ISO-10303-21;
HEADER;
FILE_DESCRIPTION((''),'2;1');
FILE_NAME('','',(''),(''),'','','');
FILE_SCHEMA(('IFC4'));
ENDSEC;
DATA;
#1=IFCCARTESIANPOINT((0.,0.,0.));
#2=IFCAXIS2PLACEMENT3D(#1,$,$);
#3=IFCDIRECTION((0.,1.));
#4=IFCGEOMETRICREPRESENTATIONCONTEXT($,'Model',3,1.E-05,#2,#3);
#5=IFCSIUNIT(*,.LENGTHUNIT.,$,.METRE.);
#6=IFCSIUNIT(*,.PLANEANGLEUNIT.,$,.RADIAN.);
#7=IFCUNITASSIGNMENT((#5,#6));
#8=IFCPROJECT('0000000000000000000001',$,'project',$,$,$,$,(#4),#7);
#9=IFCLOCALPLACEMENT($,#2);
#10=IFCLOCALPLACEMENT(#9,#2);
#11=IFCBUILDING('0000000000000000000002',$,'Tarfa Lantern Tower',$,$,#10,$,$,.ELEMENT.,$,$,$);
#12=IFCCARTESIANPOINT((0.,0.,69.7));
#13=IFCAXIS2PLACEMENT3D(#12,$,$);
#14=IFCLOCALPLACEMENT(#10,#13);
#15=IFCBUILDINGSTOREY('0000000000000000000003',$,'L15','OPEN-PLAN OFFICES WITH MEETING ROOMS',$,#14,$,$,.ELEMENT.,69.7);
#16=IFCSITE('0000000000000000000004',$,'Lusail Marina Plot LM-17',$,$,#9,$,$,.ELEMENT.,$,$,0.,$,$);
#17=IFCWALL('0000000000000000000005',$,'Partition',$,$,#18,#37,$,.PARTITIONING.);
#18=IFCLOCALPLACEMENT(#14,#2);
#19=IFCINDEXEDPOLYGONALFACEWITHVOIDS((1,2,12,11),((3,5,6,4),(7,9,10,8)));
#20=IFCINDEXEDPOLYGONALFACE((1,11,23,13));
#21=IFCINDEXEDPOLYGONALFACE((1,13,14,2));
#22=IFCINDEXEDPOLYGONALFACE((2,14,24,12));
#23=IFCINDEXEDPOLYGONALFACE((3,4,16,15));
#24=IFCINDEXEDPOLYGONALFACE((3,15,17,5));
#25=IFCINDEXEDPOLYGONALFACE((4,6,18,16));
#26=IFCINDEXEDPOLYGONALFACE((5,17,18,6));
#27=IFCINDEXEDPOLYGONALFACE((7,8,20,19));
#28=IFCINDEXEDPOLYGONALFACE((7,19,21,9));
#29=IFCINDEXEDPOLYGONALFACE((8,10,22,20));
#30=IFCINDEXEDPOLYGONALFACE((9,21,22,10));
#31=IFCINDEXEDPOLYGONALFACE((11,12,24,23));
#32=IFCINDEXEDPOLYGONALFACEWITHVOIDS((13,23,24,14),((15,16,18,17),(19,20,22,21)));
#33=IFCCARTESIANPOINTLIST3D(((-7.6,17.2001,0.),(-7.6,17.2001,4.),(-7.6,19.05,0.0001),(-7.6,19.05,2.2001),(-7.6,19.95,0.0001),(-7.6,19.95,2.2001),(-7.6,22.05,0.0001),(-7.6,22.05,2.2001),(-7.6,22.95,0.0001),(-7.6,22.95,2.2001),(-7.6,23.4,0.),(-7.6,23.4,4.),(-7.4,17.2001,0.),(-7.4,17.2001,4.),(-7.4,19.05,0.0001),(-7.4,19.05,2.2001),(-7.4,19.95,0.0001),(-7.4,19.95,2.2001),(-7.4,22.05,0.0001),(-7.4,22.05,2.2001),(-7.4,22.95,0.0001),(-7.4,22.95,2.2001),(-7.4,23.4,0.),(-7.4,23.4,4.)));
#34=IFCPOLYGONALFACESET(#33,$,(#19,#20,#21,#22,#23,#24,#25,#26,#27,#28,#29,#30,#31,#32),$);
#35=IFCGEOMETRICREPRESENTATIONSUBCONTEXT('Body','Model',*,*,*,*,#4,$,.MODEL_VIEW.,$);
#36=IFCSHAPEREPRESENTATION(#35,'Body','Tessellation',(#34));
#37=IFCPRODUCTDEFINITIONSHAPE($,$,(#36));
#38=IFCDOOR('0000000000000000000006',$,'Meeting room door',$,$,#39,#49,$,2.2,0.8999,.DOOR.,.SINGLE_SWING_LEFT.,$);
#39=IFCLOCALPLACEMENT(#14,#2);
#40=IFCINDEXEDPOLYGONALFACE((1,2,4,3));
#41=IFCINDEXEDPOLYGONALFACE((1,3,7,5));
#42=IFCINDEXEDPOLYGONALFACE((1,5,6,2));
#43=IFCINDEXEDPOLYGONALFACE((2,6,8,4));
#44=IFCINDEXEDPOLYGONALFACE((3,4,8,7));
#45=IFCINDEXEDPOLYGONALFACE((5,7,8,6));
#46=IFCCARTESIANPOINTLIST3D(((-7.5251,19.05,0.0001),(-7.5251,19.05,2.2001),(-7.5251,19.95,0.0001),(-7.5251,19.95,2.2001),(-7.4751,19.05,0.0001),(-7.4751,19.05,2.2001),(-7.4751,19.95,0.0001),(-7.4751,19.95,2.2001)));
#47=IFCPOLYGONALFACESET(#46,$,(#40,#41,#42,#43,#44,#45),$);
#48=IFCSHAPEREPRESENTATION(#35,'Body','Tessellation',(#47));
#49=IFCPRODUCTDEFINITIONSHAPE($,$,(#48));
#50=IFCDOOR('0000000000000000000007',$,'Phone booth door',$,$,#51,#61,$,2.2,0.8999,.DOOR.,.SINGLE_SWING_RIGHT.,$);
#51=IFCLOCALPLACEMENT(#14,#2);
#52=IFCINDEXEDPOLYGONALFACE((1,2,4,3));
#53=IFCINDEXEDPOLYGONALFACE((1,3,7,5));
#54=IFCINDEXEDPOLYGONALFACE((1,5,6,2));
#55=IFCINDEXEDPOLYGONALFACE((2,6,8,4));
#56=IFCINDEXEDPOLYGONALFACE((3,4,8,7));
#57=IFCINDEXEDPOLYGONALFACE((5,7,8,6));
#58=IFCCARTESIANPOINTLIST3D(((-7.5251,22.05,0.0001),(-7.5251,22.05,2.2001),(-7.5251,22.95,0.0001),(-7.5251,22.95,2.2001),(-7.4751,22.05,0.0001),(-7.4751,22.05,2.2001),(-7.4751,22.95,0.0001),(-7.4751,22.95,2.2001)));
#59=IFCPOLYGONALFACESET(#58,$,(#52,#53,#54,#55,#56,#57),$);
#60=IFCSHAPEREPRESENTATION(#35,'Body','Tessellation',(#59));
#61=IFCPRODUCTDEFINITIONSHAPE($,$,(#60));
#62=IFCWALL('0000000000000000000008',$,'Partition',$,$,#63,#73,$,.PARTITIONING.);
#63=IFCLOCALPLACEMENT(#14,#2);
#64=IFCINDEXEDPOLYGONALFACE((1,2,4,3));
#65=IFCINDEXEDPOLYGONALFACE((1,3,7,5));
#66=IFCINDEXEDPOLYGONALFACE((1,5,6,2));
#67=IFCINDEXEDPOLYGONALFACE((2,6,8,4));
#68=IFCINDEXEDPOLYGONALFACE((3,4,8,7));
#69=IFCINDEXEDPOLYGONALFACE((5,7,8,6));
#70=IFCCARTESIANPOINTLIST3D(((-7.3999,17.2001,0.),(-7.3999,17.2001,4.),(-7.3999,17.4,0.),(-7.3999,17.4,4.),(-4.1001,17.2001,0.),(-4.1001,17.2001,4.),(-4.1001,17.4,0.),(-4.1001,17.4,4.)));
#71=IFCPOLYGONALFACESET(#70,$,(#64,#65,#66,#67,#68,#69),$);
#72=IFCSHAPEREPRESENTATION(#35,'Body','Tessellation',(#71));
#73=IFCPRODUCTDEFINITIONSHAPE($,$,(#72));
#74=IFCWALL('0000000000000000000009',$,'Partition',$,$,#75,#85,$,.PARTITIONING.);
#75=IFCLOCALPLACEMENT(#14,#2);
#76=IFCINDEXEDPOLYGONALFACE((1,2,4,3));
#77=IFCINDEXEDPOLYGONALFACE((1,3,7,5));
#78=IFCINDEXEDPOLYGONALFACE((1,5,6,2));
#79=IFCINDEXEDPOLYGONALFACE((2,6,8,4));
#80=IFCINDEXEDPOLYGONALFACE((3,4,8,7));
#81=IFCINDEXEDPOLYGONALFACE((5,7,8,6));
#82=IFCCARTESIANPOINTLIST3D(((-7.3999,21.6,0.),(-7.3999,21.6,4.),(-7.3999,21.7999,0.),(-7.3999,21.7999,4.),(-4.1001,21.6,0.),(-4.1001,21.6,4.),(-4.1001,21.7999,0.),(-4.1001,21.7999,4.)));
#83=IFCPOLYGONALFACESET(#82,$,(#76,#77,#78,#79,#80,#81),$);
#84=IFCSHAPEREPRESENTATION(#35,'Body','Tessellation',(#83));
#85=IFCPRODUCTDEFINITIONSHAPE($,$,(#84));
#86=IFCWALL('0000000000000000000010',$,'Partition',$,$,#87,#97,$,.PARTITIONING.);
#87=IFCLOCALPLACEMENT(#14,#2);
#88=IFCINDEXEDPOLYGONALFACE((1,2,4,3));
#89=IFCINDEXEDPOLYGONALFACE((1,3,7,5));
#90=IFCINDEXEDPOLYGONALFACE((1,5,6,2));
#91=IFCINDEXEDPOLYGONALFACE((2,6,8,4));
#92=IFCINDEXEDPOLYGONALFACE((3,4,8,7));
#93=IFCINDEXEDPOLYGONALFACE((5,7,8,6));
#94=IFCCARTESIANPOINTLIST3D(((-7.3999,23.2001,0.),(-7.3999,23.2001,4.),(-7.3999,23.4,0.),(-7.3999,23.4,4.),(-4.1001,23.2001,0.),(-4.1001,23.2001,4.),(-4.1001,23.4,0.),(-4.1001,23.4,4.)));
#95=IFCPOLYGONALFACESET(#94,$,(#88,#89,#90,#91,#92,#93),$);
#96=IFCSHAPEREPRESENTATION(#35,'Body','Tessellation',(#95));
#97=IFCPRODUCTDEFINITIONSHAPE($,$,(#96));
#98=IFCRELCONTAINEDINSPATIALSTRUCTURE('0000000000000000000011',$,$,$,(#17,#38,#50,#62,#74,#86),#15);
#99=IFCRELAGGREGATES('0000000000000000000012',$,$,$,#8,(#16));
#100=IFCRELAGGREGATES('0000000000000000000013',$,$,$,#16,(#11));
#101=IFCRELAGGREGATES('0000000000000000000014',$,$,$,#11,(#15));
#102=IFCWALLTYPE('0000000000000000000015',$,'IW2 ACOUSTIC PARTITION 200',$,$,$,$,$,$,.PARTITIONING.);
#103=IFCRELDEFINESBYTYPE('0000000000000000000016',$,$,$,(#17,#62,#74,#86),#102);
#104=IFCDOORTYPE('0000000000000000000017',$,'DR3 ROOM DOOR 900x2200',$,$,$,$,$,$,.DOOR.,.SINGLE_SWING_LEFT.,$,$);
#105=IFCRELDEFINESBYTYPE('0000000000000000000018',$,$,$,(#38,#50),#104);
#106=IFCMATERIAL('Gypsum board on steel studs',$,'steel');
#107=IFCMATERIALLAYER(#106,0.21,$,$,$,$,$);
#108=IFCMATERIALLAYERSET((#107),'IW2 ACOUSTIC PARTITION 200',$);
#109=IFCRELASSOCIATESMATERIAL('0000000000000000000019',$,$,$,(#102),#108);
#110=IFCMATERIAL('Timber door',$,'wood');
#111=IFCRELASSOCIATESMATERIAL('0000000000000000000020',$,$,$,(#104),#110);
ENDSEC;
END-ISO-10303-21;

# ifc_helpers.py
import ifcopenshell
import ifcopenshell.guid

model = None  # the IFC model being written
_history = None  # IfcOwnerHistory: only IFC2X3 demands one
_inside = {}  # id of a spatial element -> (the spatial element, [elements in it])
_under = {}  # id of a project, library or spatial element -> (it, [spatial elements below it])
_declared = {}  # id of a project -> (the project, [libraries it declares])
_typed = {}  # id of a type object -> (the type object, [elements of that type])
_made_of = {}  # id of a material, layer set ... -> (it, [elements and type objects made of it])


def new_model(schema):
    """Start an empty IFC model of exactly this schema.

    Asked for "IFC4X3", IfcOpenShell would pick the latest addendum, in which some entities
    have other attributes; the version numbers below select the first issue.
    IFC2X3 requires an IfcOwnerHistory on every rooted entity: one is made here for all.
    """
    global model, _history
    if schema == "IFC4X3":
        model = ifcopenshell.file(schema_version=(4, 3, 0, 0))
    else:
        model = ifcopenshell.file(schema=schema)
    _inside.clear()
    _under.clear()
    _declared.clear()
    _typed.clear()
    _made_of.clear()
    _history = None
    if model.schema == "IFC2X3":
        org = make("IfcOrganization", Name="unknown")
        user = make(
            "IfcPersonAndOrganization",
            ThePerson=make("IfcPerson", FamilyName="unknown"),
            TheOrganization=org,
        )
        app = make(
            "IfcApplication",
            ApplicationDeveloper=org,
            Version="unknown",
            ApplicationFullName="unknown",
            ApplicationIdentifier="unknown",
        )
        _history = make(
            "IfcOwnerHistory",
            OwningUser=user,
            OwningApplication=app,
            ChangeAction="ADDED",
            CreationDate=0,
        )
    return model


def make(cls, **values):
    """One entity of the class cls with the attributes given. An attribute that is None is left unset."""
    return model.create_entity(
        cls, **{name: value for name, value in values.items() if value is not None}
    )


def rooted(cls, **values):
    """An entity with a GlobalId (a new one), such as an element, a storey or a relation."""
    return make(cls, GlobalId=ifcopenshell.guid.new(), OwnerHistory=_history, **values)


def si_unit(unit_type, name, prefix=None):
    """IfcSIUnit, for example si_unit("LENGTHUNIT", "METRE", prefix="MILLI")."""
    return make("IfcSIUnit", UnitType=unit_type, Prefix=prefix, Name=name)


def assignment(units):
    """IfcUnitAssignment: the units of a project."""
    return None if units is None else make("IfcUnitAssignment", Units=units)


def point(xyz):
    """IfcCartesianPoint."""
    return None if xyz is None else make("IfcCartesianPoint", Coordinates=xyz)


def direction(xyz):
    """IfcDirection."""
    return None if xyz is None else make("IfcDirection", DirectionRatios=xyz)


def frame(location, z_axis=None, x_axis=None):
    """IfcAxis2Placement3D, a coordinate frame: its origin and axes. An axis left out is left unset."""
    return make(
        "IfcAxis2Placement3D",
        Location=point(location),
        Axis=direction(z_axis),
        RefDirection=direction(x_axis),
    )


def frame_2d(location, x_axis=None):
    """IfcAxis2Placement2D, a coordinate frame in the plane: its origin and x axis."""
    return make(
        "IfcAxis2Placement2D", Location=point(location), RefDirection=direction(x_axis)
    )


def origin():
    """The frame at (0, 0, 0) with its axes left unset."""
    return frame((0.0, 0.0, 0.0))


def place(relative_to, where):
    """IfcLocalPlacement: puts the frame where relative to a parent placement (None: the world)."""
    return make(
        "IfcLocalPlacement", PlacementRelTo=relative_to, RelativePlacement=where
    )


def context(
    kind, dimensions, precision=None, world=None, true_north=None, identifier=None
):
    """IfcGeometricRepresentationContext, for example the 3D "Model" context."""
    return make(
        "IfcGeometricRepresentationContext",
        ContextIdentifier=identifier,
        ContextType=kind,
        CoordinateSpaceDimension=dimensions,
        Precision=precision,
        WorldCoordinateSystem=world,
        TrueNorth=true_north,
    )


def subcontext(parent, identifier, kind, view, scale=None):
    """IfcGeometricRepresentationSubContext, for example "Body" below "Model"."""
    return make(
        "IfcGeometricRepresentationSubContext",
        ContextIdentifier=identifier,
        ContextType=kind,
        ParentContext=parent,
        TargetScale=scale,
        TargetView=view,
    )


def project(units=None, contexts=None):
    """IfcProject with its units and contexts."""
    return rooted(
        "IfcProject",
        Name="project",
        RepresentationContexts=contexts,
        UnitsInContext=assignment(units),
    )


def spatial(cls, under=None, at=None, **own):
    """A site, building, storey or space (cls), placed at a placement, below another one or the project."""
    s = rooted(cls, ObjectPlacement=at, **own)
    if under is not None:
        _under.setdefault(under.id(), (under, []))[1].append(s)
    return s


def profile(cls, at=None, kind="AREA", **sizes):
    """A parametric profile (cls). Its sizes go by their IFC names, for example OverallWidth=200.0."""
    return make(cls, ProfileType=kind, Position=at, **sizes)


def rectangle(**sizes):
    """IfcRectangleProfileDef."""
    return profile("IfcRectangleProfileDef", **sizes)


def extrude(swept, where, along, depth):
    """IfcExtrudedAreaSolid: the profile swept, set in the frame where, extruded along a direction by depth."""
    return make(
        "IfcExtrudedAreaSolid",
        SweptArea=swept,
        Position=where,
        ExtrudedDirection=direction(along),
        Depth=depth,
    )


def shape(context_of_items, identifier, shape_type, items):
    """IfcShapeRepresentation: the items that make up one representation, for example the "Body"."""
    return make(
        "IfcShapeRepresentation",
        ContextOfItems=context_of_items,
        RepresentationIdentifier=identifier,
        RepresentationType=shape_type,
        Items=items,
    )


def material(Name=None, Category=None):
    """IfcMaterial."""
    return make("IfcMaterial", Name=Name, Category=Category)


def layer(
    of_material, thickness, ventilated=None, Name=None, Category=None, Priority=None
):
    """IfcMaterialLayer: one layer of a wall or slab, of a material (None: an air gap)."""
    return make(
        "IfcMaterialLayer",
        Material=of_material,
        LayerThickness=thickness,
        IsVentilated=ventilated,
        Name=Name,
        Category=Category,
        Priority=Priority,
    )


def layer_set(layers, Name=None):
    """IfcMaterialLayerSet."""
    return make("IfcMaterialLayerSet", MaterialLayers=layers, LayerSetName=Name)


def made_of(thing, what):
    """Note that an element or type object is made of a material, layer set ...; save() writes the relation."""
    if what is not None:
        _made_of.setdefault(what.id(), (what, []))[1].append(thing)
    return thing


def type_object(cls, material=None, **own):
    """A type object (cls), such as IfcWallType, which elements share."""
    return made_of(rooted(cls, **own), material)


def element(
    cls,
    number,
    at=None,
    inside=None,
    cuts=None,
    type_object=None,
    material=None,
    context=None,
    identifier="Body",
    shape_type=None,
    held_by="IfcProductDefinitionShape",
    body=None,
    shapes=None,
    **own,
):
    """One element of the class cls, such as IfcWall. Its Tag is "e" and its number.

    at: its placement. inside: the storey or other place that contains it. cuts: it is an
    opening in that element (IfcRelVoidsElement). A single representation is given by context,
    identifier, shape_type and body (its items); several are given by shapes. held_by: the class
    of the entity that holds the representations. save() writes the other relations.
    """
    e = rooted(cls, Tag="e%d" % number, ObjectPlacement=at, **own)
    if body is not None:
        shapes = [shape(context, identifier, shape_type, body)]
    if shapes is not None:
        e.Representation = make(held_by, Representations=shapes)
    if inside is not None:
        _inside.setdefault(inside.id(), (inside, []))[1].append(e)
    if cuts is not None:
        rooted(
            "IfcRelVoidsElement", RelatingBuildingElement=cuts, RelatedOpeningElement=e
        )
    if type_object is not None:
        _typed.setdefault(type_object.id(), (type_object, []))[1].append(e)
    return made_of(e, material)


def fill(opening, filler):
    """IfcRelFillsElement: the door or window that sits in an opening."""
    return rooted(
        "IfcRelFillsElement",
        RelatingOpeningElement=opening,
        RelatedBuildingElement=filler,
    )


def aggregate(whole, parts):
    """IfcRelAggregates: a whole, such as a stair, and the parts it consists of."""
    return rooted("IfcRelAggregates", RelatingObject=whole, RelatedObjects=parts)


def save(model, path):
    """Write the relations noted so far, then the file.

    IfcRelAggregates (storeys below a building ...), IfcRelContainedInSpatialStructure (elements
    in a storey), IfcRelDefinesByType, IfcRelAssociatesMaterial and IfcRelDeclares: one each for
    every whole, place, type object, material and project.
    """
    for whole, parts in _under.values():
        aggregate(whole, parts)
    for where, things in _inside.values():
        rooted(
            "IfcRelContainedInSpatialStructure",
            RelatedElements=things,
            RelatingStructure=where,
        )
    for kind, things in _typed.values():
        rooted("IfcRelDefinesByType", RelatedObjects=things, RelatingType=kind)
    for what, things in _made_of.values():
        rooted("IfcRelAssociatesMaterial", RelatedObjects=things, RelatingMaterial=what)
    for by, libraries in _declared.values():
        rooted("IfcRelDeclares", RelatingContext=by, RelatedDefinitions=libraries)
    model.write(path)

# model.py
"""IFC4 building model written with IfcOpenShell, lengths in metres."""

from ifc_helpers import new_model, si_unit, direction, frame, frame_2d, origin, place, context, subcontext, project, spatial, rectangle, extrude, material, layer, layer_set, type_object, element, fill, save


model = new_model("IFC4")

# Units and contexts
model_context = context("Model", 3, precision=1e-05, world=origin(), true_north=direction((0.0, 1.0)))
body_context = subcontext(model_context, "Body", "Model", "MODEL_VIEW")
ifc_project = project(units=[si_unit("LENGTHUNIT", "METRE"), si_unit("PLANEANGLEUNIT", "RADIAN")], contexts=[model_context])

# Site, building, storey
site_placement = place(None, origin())
site = spatial("IfcSite", under=ifc_project, at=site_placement, Name="Lusail Marina Plot LM-17", CompositionType="ELEMENT", RefElevation=0.0)
building_placement = place(site_placement, origin())
building = spatial("IfcBuilding", under=site, at=building_placement, Name="Tarfa Lantern Tower", CompositionType="ELEMENT")
storey_placement = place(building_placement, frame((0.0, 0.0, 69.7)))
storey = spatial("IfcBuildingStorey", under=building, at=storey_placement, Name="L15", Description="OPEN-PLAN OFFICES WITH MEETING ROOMS", CompositionType="ELEMENT", Elevation=69.7)

# Shared definitions
ifc_material_1 = material(Name="Gypsum board on steel studs", Category="steel")
ifc_layer_1 = layer(ifc_material_1, 0.21)
ifc_layer_set_1 = layer_set([ifc_layer_1], Name="IW2 ACOUSTIC PARTITION 200")
wall_type = type_object("IfcWallType", Name="IW2 ACOUSTIC PARTITION 200", PredefinedType="PARTITIONING", material=ifc_layer_set_1)
ifc_material_2 = material(Name="Timber door", Category="wood")

# Wall, openings, doors
wall_1_placement = place(storey_placement, frame((-7.5, 17.2, 0.0), z_axis=(0.0, 0.0, 1.0), x_axis=(0.0, 1.0, 0.0)))
wall_1 = element("IfcWall", 1, at=wall_1_placement, inside=storey, type_object=wall_type, Name="Partition", PredefinedType="PARTITIONING", context=body_context, shape_type="SweptSolid", body=[
    extrude(rectangle(XDim=6.2, YDim=0.2, at=frame_2d((3.1001, 0.0))), origin(), (0.0, 0.0, 1.0), 4.0),
])
opening_1_placement = place(wall_1_placement, frame((1.8501, 0.0, 0.0)))
opening_1 = element("IfcOpeningElement", 2, at=opening_1_placement, cuts=wall_1, PredefinedType="OPENING", context=body_context, shape_type="SweptSolid", body=[
    extrude(rectangle(XDim=0.8999, YDim=2.2, at=frame_2d((0.45, 1.1001))), frame((0.0, 0.1099, 0.0), z_axis=(0.0, -1.0, 0.0), x_axis=(1.0, 0.0, 0.0)), (0.0, 0.0, 1.0), 0.22),
])
opening_2_placement = place(wall_1_placement, frame((4.8501, 0.0, 0.0)))
opening_2 = element("IfcOpeningElement", 3, at=opening_2_placement, cuts=wall_1, PredefinedType="OPENING", context=body_context, shape_type="SweptSolid", body=[
    extrude(rectangle(XDim=0.8999, YDim=2.2, at=frame_2d((0.45, 1.1001))), frame((0.0, 0.1099, 0.0), z_axis=(0.0, -1.0, 0.0), x_axis=(1.0, 0.0, 0.0)), (0.0, 0.0, 1.0), 0.22),
])
door_type_1 = type_object("IfcDoorType", Name="DR3 ROOM DOOR 900x2200", OperationType="SINGLE_SWING_LEFT", PredefinedType="DOOR", material=ifc_material_2)
door_1_placement = place(opening_1_placement, frame((0.8999, 0.0, 0.0), z_axis=(0.0, 0.0, 1.0), x_axis=(-1.0, 0.0, 0.0)))
door_1 = element("IfcDoor", 4, at=door_1_placement, inside=storey, type_object=door_type_1, Name="Meeting room door", OperationType="SINGLE_SWING_LEFT", OverallHeight=2.2, OverallWidth=0.8999, PredefinedType="DOOR", context=body_context, shape_type="SweptSolid", body=[
    extrude(rectangle(XDim=0.8999, YDim=2.2, at=frame_2d((0.45, 1.1001))), frame((0.0, 0.0249, 0.0), z_axis=(0.0, -1.0, 0.0), x_axis=(1.0, 0.0, 0.0)), (0.0, 0.0, 1.0), 0.05),
])
fill(opening_1, door_1)
door_2_placement = place(opening_2_placement, frame((0.8999, 0.0, 0.0), z_axis=(0.0, 0.0, 1.0), x_axis=(-1.0, 0.0, 0.0)))
door_2 = element("IfcDoor", 5, at=door_2_placement, inside=storey, type_object=door_type_1, Name="Phone booth door", OperationType="SINGLE_SWING_RIGHT", OverallHeight=2.2, OverallWidth=0.8999, PredefinedType="DOOR", context=body_context, shape_type="SweptSolid", body=[
    extrude(rectangle(XDim=0.8999, YDim=2.2, at=frame_2d((0.45, 1.1001))), frame((0.0, 0.0249, 0.0), z_axis=(0.0, -1.0, 0.0), x_axis=(1.0, 0.0, 0.0)), (0.0, 0.0, 1.0), 0.05),
])
fill(opening_2, door_2)

# Walls
for number, where, z_axis, x_axis, name in (
    (6, (-4.1001, 17.3, 0.0), (0.0, 0.0, 1.0), (-1.0, 0.0, 0.0), "Partition"),
    (7, (-4.1001, 21.7, 0.0), (0.0, 0.0, 1.0), (-1.0, 0.0, 0.0), "Partition"),
    (8, (-4.1001, 23.3, 0.0), (0.0, 0.0, 1.0), (-1.0, 0.0, 0.0), "Partition"),
):
    element("IfcWall", number, at=place(storey_placement, frame(where, z_axis=z_axis, x_axis=x_axis)), inside=storey, type_object=wall_type, Name=name, PredefinedType="PARTITIONING", context=body_context, shape_type="SweptSolid", body=[
        extrude(rectangle(XDim=3.2998, YDim=0.2, at=frame_2d((1.6499, 0.0))), origin(), (0.0, 0.0, 1.0), 4.0),
    ])

save(model, "model.ifc")
